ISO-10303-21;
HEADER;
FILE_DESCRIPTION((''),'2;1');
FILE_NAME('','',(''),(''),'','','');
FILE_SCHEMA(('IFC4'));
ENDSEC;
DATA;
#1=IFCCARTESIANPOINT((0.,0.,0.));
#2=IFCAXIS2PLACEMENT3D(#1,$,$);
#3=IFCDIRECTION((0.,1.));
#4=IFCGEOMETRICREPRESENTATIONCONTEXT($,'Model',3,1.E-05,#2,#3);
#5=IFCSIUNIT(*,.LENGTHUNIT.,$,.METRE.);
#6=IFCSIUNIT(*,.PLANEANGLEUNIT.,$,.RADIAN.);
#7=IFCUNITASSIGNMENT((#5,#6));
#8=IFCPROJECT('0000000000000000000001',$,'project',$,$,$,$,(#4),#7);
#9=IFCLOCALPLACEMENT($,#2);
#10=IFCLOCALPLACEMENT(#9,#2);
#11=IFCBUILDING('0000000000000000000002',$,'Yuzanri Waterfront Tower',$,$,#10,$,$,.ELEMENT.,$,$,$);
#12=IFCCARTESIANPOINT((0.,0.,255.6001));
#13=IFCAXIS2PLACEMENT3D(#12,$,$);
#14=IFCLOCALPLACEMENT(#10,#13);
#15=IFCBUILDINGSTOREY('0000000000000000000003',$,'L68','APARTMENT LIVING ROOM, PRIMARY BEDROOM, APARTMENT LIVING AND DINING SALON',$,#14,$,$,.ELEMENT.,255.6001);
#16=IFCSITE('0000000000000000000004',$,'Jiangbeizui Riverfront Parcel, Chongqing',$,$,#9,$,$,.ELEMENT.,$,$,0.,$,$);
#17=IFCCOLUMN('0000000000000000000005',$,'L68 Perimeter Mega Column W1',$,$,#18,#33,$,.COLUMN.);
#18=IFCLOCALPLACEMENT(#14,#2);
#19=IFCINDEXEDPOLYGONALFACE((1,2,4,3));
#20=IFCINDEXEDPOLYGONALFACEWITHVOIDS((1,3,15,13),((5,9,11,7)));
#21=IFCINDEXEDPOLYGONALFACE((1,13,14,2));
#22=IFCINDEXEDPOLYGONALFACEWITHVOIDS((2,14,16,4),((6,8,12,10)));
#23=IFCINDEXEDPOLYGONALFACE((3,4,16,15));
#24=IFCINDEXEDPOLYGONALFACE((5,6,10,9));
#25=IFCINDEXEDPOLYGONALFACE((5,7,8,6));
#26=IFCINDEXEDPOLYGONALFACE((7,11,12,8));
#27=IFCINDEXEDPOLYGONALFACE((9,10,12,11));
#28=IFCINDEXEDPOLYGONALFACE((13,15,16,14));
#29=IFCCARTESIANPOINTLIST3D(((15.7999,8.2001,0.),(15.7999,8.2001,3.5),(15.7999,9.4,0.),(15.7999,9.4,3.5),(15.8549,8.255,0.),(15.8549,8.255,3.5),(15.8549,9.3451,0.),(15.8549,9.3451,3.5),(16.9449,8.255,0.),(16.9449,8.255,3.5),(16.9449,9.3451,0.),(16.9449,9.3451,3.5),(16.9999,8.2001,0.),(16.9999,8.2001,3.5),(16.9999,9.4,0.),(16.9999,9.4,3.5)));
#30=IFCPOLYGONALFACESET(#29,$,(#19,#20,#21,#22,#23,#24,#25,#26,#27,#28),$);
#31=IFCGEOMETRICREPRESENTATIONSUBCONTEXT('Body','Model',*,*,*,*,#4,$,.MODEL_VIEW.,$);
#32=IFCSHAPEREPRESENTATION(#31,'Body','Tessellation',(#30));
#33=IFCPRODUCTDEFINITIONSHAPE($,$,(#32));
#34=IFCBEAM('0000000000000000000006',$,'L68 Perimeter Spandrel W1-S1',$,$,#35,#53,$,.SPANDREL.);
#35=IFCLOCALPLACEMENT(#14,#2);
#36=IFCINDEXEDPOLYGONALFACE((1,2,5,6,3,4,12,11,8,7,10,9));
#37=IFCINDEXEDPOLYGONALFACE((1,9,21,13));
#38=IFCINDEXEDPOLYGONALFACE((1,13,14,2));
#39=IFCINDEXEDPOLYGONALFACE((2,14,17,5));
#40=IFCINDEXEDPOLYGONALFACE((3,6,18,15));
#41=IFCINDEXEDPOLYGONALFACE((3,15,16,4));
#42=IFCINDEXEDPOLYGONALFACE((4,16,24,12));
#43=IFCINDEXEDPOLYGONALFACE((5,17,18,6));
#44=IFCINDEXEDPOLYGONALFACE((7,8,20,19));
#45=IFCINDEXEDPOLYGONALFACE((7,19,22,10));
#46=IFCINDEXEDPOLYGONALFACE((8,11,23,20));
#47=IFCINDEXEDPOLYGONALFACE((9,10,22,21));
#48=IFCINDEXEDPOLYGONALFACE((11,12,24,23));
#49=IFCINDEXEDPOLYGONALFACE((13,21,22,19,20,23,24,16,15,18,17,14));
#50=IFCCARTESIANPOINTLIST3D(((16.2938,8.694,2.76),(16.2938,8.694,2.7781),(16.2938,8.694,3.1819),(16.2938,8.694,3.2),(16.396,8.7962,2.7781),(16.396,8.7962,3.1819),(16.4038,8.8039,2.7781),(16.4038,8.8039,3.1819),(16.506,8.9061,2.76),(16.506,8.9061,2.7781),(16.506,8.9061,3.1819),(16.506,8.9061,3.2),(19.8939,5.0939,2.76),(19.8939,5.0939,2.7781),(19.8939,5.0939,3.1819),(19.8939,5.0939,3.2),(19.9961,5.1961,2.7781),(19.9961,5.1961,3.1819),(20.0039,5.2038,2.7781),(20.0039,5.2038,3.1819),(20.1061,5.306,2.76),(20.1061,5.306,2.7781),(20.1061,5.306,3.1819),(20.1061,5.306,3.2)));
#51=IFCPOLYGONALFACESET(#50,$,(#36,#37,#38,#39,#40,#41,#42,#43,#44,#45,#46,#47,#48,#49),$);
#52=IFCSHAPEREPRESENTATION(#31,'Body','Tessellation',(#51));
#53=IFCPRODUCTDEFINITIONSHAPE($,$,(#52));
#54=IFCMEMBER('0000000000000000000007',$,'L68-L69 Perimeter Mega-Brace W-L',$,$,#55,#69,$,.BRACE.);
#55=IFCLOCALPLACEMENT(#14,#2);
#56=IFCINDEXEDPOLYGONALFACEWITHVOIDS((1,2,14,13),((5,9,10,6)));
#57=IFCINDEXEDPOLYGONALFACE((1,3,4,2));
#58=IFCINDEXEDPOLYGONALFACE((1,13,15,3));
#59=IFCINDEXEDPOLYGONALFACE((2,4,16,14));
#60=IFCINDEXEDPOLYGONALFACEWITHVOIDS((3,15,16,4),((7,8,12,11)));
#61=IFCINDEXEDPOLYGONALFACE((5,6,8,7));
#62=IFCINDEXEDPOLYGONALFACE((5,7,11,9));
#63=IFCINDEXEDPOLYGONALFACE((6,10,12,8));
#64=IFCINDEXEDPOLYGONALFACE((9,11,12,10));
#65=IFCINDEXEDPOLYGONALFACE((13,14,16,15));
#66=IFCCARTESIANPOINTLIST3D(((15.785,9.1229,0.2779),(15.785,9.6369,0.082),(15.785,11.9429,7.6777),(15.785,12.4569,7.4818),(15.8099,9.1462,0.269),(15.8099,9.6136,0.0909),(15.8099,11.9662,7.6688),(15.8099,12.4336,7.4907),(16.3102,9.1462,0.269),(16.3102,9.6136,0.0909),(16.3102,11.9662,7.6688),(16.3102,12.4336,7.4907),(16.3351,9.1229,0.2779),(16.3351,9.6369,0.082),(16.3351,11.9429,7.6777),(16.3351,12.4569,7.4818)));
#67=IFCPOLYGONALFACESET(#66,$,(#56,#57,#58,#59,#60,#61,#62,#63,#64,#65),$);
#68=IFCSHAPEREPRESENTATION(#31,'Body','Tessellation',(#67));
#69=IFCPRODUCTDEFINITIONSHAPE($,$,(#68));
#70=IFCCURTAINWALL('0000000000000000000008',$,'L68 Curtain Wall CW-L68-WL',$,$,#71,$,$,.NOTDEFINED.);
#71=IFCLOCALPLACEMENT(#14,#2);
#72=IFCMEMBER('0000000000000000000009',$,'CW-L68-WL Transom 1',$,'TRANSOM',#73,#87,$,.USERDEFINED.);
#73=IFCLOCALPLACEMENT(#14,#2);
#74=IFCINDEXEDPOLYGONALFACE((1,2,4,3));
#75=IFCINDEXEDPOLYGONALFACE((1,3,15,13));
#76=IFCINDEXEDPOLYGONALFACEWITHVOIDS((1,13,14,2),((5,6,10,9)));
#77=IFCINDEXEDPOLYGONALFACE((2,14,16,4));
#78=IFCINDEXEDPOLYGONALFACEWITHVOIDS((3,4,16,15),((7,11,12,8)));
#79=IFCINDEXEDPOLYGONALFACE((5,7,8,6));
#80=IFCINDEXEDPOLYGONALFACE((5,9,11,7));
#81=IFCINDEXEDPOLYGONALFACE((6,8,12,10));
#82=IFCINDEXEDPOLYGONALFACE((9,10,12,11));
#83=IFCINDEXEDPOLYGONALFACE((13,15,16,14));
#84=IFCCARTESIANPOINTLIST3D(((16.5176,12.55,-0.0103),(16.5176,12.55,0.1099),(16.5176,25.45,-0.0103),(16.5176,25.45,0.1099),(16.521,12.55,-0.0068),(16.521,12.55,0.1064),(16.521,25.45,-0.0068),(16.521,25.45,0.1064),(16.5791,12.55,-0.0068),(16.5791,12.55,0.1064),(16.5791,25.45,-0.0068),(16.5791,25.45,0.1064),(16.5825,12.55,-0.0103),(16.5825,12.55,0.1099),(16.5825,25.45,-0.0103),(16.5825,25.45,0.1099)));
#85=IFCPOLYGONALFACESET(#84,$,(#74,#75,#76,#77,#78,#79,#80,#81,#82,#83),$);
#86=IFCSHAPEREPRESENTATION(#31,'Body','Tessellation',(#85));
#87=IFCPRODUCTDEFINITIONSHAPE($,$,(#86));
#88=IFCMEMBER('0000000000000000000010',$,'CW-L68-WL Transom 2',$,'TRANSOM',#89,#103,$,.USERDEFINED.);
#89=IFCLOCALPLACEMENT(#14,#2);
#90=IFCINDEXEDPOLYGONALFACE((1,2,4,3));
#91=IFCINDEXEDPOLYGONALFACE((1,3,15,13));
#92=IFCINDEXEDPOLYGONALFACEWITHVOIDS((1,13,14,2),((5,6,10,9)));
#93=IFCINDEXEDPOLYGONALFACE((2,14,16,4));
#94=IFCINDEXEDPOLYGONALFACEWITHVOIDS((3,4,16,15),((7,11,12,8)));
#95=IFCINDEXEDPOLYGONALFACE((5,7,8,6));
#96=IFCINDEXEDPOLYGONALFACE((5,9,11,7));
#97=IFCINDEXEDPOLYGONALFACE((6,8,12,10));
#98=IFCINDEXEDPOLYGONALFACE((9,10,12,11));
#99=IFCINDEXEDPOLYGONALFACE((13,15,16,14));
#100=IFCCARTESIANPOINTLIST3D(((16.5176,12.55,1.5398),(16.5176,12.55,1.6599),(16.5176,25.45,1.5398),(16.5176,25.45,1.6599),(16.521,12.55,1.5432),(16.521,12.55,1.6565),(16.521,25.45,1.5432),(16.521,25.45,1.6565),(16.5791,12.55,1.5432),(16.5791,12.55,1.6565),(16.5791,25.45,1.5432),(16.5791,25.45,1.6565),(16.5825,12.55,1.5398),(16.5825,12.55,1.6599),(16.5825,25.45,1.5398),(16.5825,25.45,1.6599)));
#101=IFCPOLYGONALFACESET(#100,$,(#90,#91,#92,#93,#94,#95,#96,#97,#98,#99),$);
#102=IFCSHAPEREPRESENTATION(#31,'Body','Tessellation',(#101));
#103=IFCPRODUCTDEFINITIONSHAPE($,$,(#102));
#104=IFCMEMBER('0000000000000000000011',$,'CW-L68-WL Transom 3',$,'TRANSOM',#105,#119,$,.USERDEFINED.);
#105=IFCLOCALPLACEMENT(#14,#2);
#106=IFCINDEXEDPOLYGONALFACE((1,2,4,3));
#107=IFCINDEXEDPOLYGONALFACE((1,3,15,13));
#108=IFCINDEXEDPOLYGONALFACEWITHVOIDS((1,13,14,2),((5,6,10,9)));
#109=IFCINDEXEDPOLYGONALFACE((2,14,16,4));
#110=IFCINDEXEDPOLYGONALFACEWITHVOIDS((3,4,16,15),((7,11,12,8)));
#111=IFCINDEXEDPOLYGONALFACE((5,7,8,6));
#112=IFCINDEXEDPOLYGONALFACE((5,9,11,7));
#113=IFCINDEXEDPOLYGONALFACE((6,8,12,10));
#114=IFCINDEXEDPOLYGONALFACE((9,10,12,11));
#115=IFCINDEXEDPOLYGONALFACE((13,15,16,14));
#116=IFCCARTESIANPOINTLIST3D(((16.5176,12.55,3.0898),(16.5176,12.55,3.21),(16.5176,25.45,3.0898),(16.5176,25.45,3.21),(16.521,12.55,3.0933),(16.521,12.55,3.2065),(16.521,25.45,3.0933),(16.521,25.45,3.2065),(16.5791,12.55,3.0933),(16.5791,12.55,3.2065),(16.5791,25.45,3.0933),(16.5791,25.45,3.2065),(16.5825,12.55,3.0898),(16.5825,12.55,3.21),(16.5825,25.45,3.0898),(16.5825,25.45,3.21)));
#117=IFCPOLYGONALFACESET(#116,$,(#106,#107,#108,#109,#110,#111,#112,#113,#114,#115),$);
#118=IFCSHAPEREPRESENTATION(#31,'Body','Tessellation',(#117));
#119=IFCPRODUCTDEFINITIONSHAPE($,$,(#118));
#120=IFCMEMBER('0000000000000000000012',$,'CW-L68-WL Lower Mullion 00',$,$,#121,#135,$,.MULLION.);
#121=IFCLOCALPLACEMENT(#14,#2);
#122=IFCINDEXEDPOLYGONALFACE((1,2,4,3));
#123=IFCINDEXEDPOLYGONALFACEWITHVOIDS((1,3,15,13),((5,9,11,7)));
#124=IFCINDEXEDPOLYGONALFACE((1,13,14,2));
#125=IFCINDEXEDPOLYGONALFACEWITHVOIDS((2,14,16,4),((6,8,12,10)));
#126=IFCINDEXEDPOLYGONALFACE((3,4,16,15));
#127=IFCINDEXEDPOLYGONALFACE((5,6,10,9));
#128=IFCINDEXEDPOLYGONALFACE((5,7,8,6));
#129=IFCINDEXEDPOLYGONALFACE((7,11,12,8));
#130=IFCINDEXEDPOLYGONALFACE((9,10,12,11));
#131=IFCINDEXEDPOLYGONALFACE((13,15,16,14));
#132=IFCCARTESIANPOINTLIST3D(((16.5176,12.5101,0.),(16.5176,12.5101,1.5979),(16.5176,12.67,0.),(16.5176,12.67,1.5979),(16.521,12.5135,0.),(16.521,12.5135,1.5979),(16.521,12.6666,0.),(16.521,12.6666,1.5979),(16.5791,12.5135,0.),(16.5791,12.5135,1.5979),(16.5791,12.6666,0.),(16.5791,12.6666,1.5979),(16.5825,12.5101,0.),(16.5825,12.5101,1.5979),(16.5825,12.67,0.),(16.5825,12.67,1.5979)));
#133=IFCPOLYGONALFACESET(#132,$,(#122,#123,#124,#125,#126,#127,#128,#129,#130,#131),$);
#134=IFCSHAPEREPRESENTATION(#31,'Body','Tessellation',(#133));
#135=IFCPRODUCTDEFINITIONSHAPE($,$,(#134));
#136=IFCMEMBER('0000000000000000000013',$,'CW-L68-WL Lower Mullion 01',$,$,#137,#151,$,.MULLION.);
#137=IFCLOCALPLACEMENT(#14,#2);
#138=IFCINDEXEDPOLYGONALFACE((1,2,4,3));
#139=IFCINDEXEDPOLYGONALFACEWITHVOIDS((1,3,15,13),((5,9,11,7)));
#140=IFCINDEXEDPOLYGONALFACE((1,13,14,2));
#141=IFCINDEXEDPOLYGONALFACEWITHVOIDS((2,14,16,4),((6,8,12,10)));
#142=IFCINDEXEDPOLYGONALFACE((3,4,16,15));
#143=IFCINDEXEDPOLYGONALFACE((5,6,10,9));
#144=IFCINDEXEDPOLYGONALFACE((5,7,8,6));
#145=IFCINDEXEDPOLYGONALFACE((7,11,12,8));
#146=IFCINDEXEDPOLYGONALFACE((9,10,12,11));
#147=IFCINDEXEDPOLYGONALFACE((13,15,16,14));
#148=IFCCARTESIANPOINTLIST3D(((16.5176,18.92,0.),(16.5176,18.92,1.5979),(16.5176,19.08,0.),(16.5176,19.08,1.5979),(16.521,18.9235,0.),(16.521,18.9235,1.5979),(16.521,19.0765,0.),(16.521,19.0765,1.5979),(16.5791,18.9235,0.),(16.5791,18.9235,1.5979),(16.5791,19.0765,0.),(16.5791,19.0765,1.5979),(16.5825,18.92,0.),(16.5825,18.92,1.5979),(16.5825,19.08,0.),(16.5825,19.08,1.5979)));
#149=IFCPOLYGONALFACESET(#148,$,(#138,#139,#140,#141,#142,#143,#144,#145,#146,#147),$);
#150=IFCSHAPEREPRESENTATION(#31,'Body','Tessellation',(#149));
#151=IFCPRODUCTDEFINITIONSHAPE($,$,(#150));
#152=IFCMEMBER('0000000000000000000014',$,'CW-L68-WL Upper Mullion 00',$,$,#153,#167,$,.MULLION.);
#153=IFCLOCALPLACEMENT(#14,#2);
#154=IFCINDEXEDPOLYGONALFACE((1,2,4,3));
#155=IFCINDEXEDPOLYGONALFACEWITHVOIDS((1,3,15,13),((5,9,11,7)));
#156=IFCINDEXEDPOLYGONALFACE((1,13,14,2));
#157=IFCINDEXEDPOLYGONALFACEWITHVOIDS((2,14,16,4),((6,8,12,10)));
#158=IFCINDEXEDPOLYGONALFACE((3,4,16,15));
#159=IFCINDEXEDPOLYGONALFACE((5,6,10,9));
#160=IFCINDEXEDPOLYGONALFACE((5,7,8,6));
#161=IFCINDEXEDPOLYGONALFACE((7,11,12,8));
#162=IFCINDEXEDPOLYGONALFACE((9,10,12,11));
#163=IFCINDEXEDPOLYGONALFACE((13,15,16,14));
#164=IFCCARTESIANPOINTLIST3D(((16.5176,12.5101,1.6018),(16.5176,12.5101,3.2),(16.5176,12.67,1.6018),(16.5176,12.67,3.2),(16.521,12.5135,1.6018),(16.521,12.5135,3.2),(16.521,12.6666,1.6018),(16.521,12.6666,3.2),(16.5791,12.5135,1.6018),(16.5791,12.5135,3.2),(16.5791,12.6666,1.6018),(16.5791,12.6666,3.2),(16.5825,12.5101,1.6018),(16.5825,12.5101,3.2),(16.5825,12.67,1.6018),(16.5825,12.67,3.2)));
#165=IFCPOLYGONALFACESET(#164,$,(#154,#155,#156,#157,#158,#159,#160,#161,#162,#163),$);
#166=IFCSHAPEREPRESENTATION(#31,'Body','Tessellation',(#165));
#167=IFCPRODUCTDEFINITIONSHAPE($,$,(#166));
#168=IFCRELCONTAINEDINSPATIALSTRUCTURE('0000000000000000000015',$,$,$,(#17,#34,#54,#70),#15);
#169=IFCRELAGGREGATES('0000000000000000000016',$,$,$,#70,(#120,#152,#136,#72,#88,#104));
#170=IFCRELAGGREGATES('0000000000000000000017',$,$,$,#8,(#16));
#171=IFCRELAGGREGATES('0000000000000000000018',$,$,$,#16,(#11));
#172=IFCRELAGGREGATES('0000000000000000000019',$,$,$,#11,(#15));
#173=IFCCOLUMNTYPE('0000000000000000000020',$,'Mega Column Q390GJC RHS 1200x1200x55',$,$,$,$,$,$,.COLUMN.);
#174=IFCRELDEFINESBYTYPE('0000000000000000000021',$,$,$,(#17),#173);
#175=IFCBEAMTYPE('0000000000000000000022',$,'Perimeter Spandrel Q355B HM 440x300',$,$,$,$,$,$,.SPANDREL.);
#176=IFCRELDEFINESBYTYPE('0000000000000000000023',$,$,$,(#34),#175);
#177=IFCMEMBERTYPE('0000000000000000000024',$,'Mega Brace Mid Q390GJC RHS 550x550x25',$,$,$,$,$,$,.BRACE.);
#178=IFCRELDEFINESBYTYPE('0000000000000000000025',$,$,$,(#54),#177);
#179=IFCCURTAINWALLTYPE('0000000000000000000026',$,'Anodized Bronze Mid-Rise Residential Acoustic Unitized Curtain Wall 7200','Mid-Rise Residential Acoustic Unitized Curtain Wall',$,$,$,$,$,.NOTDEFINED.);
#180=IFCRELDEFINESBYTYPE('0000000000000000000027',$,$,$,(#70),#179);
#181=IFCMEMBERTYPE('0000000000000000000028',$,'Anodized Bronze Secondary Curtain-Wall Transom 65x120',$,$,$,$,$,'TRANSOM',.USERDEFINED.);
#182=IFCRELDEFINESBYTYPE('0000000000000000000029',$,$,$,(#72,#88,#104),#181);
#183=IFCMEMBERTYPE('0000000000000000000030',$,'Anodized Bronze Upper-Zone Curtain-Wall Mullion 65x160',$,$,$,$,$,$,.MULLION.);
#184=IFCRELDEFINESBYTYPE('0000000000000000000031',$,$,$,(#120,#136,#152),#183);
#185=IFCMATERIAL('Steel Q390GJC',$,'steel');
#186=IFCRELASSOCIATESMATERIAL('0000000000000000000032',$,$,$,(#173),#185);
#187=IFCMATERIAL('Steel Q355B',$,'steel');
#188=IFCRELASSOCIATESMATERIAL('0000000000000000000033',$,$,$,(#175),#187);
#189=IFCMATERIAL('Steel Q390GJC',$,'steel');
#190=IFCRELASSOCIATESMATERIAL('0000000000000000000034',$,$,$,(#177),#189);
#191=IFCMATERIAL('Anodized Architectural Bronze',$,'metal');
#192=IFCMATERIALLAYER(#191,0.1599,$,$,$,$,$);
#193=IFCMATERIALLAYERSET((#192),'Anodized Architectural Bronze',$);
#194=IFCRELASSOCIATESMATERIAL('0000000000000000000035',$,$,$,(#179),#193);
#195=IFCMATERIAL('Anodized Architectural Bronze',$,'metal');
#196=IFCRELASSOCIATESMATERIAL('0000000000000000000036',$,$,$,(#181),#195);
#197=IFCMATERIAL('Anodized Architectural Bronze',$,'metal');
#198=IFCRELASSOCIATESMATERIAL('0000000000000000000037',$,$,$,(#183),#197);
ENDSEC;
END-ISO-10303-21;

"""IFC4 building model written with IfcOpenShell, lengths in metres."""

from ifc_helpers import new_model, si_unit, direction, frame, origin, origin_2d, place, context, subcontext, project, spatial, hollow_rectangle, i_section, extrude, source, transform, mapped, material, layer, layer_set, material_profile, profile_set, type_object, element, aggregate, save


model = new_model("IFC4")

# Units and contexts
model_context = context("Model", 3, precision=1e-05, world=origin(), true_north=direction((0.0, 1.0)))
body_context = subcontext(model_context, "Body", "Model", "MODEL_VIEW")
ifc_project = project(units=[si_unit("LENGTHUNIT", "METRE"), si_unit("PLANEANGLEUNIT", "RADIAN")], contexts=[model_context])

# Site, building, storey
site_placement = place(None, origin())
site = spatial("IfcSite", under=ifc_project, at=site_placement, Name="Jiangbeizui Riverfront Parcel, Chongqing", CompositionType="ELEMENT", RefElevation=0.0)
building_placement = place(site_placement, origin())
building = spatial("IfcBuilding", under=site, at=building_placement, Name="Yuzanri Waterfront Tower", CompositionType="ELEMENT")
storey_placement = place(building_placement, frame((0.0, 0.0, 255.6001)))
storey = spatial("IfcBuildingStorey", under=building, at=storey_placement, Name="L68", Description="APARTMENT LIVING ROOM, PRIMARY BEDROOM, APARTMENT LIVING AND DINING SALON", CompositionType="ELEMENT", Elevation=255.6001)

# Column
ifc_material_1 = material(Name="Steel Q390GJC", Category="steel")
ifc_material_profile_1 = material_profile(ifc_material_1, hollow_rectangle(XDim=1.2, YDim=1.2, WallThickness=0.0549, at=origin_2d()), Name="RHS 1200x1200x55")
ifc_profile_set_1 = profile_set([ifc_material_profile_1], Name="Steel Q390GJC")
column_type = type_object("IfcColumnType", Name="Mega Column Q390GJC RHS 1200x1200x55", PredefinedType="COLUMN", material=ifc_profile_set_1)
shared_shape_1 = source(origin(), body_context, "Body", "SweptSolid", [
    extrude(hollow_rectangle(XDim=1.2, YDim=1.2, WallThickness=0.0549, at=origin_2d()), origin(), (0.0, 0.0, 1.0), 3.5),
])
column_placement = place(storey_placement, frame((16.3999, 8.8, 0.0), z_axis=(0.0, 0.0, 1.0), x_axis=(1.0, 0.0, 0.0)))
element("IfcColumn", 1, at=column_placement, inside=storey, type_object=column_type, Name="L68 Perimeter Mega Column W1", PredefinedType="COLUMN", context=body_context, shape_type="MappedRepresentation", body=[
    mapped(shared_shape_1, transform((0.0, 0.0, 0.0), scale=1.0)),
])

# Beam
ifc_material_2 = material(Name="Steel Q355B", Category="steel")
ifc_material_profile_2 = material_profile(ifc_material_2, i_section(OverallWidth=0.3, OverallDepth=0.4399, WebThickness=0.011, FlangeThickness=0.0181, at=origin_2d()), Name="HM 440x300x11x18")
ifc_profile_set_2 = profile_set([ifc_material_profile_2], Name="Steel Q355B")
beam_type = type_object("IfcBeamType", Name="Perimeter Spandrel Q355B HM 440x300", PredefinedType="SPANDREL", material=ifc_profile_set_2)
shared_shape_2 = source(origin(), body_context, "Body", "SweptSolid", [
    extrude(i_section(OverallWidth=0.3, OverallDepth=0.4399, WebThickness=0.011, FlangeThickness=0.0181, at=origin_2d()), origin(), (0.0, 0.0, 1.0), 5.0913),
])
beam_placement = place(storey_placement, frame((16.3999, 8.8, 2.98), z_axis=(0.707107, -0.707107, 0.0), x_axis=(0.707107, 0.707107, 0.0)))
element("IfcBeam", 2, at=beam_placement, inside=storey, type_object=beam_type, Name="L68 Perimeter Spandrel W1-S1", PredefinedType="SPANDREL", context=body_context, shape_type="MappedRepresentation", body=[
    mapped(shared_shape_2, transform((0.0, 0.0, 0.0), scale=1.0)),
])

# Member
ifc_material_3 = material(Name="Steel Q390GJC", Category="steel")
ifc_material_profile_3 = material_profile(ifc_material_3, hollow_rectangle(XDim=0.55, YDim=0.55, WallThickness=0.0249, at=origin_2d()), Name="RHS 550x550x25")
ifc_profile_set_3 = profile_set([ifc_material_profile_3], Name="Steel Q390GJC")
member_type_1 = type_object("IfcMemberType", Name="Mega Brace Mid Q390GJC RHS 550x550x25", PredefinedType="BRACE", material=ifc_profile_set_3)
shared_shape_3 = source(origin(), body_context, "Body", "SweptSolid", [
    extrude(hollow_rectangle(XDim=0.55, YDim=0.55, WallThickness=0.0249, at=origin_2d()), origin(), (0.0, 0.0, 1.0), 7.9189),
])
member_1_placement = place(storey_placement, frame((16.0601, 9.3799, 0.1799), z_axis=(0.0, 0.356112, 0.934443), x_axis=(-1.0, 0.0, 0.0)))
element("IfcMember", 3, at=member_1_placement, inside=storey, type_object=member_type_1, Name="L68-L69 Perimeter Mega-Brace W-L", PredefinedType="BRACE", context=body_context, shape_type="MappedRepresentation", body=[
    mapped(shared_shape_3, transform((0.0, 0.0, 0.0), scale=1.0)),
])

# Curtain wall, members
ifc_material_4 = material(Name="Anodized Architectural Bronze", Category="metal")
ifc_layer_1 = layer(ifc_material_4, 0.1599)
ifc_layer_set_1 = layer_set([ifc_layer_1], Name="Anodized Architectural Bronze")
curtain_wall_type = type_object("IfcCurtainWallType", Name="Anodized Bronze Mid-Rise Residential Acoustic Unitized Curtain Wall 7200", Description="Mid-Rise Residential Acoustic Unitized Curtain Wall", PredefinedType="NOTDEFINED", material=ifc_layer_set_1)
curtain_wall_placement = place(storey_placement, origin())
curtain_wall = element("IfcCurtainWall", 4, at=curtain_wall_placement, inside=storey, type_object=curtain_wall_type, Name="L68 Curtain Wall CW-L68-WL", PredefinedType="NOTDEFINED")
ifc_material_5 = material(Name="Anodized Architectural Bronze", Category="metal")
ifc_material_profile_4 = material_profile(ifc_material_5, hollow_rectangle(XDim=0.0649, YDim=0.1201, WallThickness=0.0034, at=origin_2d()), Name="CWT 65x120")
ifc_profile_set_4 = profile_set([ifc_material_profile_4], Name="Anodized Architectural Bronze")
member_type_2 = type_object("IfcMemberType", Name="Anodized Bronze Secondary Curtain-Wall Transom 65x120", ElementType="TRANSOM", PredefinedType="USERDEFINED", material=ifc_profile_set_4)
shared_shape_4 = source(origin(), body_context, "Body", "SweptSolid", [
    extrude(hollow_rectangle(XDim=0.0649, YDim=0.1201, WallThickness=0.0034, at=origin_2d()), origin(), (0.0, 0.0, 1.0), 12.8999),
])
member_2_placement = place(storey_placement, frame((16.55, 12.55, 0.0498), z_axis=(0.0, 1.0, 0.0), x_axis=(-1.0, 0.0, 0.0)))
member_2 = element("IfcMember", 5, at=member_2_placement, type_object=member_type_2, Name="CW-L68-WL Transom 1", ObjectType="TRANSOM", PredefinedType="USERDEFINED", context=body_context, shape_type="MappedRepresentation", body=[
    mapped(shared_shape_4, transform((0.0, 0.0, 0.0), scale=1.0)),
])
member_3_placement = place(storey_placement, frame((16.55, 12.55, 1.5999), z_axis=(0.0, 1.0, 0.0), x_axis=(-1.0, 0.0, 0.0)))
member_3 = element("IfcMember", 6, at=member_3_placement, type_object=member_type_2, Name="CW-L68-WL Transom 2", ObjectType="TRANSOM", PredefinedType="USERDEFINED", context=body_context, shape_type="MappedRepresentation", body=[
    mapped(shared_shape_4, transform((0.0, 0.0, 0.0), scale=1.0)),
])
member_4_placement = place(storey_placement, frame((16.55, 12.55, 3.1499), z_axis=(0.0, 1.0, 0.0), x_axis=(-1.0, 0.0, 0.0)))
member_4 = element("IfcMember", 7, at=member_4_placement, type_object=member_type_2, Name="CW-L68-WL Transom 3", ObjectType="TRANSOM", PredefinedType="USERDEFINED", context=body_context, shape_type="MappedRepresentation", body=[
    mapped(shared_shape_4, transform((0.0, 0.0, 0.0), scale=1.0)),
])
ifc_material_6 = material(Name="Anodized Architectural Bronze", Category="metal")
ifc_material_profile_5 = material_profile(ifc_material_6, hollow_rectangle(XDim=0.0649, YDim=0.1599, WallThickness=0.0034, at=origin_2d()), Name="CWM 65x160")
ifc_profile_set_5 = profile_set([ifc_material_profile_5], Name="Anodized Architectural Bronze")
member_type_3 = type_object("IfcMemberType", Name="Anodized Bronze Upper-Zone Curtain-Wall Mullion 65x160", PredefinedType="MULLION", material=ifc_profile_set_5)
shared_shape_5 = source(origin(), body_context, "Body", "SweptSolid", [
    extrude(hollow_rectangle(XDim=0.0649, YDim=0.1599, WallThickness=0.0034, at=origin_2d()), origin(), (0.0, 0.0, 1.0), 1.5979),
])
member_5_placement = place(storey_placement, frame((16.55, 12.5901, 0.0), z_axis=(0.0, 0.0, 1.0), x_axis=(1.0, 0.0, 0.0)))
member_5 = element("IfcMember", 8, at=member_5_placement, type_object=member_type_3, Name="CW-L68-WL Lower Mullion 00", PredefinedType="MULLION", context=body_context, shape_type="MappedRepresentation", body=[
    mapped(shared_shape_5, transform((0.0, 0.0, 0.0), scale=1.0)),
])
member_6_placement = place(storey_placement, frame((16.55, 19.0, 0.0), z_axis=(0.0, 0.0, 1.0), x_axis=(1.0, 0.0, 0.0)))
member_6 = element("IfcMember", 9, at=member_6_placement, type_object=member_type_3, Name="CW-L68-WL Lower Mullion 01", PredefinedType="MULLION", context=body_context, shape_type="MappedRepresentation", body=[
    mapped(shared_shape_5, transform((0.0, 0.0, 0.0), scale=1.0)),
])
shared_shape_6 = source(origin(), body_context, "Body", "SweptSolid", [
    extrude(hollow_rectangle(XDim=0.0649, YDim=0.1599, WallThickness=0.0034, at=origin_2d()), origin(), (0.0, 0.0, 1.0), 1.5981),
])
member_7_placement = place(storey_placement, frame((16.55, 12.5901, 1.6018), z_axis=(0.0, 0.0, 1.0), x_axis=(1.0, 0.0, 0.0)))
member_7 = element("IfcMember", 10, at=member_7_placement, type_object=member_type_3, Name="CW-L68-WL Upper Mullion 00", PredefinedType="MULLION", context=body_context, shape_type="MappedRepresentation", body=[
    mapped(shared_shape_6, transform((0.0, 0.0, 0.0), scale=1.0)),
])

aggregate(curtain_wall, [member_5, member_7, member_6, member_2, member_3, member_4])

save(model, "model.ifc")
